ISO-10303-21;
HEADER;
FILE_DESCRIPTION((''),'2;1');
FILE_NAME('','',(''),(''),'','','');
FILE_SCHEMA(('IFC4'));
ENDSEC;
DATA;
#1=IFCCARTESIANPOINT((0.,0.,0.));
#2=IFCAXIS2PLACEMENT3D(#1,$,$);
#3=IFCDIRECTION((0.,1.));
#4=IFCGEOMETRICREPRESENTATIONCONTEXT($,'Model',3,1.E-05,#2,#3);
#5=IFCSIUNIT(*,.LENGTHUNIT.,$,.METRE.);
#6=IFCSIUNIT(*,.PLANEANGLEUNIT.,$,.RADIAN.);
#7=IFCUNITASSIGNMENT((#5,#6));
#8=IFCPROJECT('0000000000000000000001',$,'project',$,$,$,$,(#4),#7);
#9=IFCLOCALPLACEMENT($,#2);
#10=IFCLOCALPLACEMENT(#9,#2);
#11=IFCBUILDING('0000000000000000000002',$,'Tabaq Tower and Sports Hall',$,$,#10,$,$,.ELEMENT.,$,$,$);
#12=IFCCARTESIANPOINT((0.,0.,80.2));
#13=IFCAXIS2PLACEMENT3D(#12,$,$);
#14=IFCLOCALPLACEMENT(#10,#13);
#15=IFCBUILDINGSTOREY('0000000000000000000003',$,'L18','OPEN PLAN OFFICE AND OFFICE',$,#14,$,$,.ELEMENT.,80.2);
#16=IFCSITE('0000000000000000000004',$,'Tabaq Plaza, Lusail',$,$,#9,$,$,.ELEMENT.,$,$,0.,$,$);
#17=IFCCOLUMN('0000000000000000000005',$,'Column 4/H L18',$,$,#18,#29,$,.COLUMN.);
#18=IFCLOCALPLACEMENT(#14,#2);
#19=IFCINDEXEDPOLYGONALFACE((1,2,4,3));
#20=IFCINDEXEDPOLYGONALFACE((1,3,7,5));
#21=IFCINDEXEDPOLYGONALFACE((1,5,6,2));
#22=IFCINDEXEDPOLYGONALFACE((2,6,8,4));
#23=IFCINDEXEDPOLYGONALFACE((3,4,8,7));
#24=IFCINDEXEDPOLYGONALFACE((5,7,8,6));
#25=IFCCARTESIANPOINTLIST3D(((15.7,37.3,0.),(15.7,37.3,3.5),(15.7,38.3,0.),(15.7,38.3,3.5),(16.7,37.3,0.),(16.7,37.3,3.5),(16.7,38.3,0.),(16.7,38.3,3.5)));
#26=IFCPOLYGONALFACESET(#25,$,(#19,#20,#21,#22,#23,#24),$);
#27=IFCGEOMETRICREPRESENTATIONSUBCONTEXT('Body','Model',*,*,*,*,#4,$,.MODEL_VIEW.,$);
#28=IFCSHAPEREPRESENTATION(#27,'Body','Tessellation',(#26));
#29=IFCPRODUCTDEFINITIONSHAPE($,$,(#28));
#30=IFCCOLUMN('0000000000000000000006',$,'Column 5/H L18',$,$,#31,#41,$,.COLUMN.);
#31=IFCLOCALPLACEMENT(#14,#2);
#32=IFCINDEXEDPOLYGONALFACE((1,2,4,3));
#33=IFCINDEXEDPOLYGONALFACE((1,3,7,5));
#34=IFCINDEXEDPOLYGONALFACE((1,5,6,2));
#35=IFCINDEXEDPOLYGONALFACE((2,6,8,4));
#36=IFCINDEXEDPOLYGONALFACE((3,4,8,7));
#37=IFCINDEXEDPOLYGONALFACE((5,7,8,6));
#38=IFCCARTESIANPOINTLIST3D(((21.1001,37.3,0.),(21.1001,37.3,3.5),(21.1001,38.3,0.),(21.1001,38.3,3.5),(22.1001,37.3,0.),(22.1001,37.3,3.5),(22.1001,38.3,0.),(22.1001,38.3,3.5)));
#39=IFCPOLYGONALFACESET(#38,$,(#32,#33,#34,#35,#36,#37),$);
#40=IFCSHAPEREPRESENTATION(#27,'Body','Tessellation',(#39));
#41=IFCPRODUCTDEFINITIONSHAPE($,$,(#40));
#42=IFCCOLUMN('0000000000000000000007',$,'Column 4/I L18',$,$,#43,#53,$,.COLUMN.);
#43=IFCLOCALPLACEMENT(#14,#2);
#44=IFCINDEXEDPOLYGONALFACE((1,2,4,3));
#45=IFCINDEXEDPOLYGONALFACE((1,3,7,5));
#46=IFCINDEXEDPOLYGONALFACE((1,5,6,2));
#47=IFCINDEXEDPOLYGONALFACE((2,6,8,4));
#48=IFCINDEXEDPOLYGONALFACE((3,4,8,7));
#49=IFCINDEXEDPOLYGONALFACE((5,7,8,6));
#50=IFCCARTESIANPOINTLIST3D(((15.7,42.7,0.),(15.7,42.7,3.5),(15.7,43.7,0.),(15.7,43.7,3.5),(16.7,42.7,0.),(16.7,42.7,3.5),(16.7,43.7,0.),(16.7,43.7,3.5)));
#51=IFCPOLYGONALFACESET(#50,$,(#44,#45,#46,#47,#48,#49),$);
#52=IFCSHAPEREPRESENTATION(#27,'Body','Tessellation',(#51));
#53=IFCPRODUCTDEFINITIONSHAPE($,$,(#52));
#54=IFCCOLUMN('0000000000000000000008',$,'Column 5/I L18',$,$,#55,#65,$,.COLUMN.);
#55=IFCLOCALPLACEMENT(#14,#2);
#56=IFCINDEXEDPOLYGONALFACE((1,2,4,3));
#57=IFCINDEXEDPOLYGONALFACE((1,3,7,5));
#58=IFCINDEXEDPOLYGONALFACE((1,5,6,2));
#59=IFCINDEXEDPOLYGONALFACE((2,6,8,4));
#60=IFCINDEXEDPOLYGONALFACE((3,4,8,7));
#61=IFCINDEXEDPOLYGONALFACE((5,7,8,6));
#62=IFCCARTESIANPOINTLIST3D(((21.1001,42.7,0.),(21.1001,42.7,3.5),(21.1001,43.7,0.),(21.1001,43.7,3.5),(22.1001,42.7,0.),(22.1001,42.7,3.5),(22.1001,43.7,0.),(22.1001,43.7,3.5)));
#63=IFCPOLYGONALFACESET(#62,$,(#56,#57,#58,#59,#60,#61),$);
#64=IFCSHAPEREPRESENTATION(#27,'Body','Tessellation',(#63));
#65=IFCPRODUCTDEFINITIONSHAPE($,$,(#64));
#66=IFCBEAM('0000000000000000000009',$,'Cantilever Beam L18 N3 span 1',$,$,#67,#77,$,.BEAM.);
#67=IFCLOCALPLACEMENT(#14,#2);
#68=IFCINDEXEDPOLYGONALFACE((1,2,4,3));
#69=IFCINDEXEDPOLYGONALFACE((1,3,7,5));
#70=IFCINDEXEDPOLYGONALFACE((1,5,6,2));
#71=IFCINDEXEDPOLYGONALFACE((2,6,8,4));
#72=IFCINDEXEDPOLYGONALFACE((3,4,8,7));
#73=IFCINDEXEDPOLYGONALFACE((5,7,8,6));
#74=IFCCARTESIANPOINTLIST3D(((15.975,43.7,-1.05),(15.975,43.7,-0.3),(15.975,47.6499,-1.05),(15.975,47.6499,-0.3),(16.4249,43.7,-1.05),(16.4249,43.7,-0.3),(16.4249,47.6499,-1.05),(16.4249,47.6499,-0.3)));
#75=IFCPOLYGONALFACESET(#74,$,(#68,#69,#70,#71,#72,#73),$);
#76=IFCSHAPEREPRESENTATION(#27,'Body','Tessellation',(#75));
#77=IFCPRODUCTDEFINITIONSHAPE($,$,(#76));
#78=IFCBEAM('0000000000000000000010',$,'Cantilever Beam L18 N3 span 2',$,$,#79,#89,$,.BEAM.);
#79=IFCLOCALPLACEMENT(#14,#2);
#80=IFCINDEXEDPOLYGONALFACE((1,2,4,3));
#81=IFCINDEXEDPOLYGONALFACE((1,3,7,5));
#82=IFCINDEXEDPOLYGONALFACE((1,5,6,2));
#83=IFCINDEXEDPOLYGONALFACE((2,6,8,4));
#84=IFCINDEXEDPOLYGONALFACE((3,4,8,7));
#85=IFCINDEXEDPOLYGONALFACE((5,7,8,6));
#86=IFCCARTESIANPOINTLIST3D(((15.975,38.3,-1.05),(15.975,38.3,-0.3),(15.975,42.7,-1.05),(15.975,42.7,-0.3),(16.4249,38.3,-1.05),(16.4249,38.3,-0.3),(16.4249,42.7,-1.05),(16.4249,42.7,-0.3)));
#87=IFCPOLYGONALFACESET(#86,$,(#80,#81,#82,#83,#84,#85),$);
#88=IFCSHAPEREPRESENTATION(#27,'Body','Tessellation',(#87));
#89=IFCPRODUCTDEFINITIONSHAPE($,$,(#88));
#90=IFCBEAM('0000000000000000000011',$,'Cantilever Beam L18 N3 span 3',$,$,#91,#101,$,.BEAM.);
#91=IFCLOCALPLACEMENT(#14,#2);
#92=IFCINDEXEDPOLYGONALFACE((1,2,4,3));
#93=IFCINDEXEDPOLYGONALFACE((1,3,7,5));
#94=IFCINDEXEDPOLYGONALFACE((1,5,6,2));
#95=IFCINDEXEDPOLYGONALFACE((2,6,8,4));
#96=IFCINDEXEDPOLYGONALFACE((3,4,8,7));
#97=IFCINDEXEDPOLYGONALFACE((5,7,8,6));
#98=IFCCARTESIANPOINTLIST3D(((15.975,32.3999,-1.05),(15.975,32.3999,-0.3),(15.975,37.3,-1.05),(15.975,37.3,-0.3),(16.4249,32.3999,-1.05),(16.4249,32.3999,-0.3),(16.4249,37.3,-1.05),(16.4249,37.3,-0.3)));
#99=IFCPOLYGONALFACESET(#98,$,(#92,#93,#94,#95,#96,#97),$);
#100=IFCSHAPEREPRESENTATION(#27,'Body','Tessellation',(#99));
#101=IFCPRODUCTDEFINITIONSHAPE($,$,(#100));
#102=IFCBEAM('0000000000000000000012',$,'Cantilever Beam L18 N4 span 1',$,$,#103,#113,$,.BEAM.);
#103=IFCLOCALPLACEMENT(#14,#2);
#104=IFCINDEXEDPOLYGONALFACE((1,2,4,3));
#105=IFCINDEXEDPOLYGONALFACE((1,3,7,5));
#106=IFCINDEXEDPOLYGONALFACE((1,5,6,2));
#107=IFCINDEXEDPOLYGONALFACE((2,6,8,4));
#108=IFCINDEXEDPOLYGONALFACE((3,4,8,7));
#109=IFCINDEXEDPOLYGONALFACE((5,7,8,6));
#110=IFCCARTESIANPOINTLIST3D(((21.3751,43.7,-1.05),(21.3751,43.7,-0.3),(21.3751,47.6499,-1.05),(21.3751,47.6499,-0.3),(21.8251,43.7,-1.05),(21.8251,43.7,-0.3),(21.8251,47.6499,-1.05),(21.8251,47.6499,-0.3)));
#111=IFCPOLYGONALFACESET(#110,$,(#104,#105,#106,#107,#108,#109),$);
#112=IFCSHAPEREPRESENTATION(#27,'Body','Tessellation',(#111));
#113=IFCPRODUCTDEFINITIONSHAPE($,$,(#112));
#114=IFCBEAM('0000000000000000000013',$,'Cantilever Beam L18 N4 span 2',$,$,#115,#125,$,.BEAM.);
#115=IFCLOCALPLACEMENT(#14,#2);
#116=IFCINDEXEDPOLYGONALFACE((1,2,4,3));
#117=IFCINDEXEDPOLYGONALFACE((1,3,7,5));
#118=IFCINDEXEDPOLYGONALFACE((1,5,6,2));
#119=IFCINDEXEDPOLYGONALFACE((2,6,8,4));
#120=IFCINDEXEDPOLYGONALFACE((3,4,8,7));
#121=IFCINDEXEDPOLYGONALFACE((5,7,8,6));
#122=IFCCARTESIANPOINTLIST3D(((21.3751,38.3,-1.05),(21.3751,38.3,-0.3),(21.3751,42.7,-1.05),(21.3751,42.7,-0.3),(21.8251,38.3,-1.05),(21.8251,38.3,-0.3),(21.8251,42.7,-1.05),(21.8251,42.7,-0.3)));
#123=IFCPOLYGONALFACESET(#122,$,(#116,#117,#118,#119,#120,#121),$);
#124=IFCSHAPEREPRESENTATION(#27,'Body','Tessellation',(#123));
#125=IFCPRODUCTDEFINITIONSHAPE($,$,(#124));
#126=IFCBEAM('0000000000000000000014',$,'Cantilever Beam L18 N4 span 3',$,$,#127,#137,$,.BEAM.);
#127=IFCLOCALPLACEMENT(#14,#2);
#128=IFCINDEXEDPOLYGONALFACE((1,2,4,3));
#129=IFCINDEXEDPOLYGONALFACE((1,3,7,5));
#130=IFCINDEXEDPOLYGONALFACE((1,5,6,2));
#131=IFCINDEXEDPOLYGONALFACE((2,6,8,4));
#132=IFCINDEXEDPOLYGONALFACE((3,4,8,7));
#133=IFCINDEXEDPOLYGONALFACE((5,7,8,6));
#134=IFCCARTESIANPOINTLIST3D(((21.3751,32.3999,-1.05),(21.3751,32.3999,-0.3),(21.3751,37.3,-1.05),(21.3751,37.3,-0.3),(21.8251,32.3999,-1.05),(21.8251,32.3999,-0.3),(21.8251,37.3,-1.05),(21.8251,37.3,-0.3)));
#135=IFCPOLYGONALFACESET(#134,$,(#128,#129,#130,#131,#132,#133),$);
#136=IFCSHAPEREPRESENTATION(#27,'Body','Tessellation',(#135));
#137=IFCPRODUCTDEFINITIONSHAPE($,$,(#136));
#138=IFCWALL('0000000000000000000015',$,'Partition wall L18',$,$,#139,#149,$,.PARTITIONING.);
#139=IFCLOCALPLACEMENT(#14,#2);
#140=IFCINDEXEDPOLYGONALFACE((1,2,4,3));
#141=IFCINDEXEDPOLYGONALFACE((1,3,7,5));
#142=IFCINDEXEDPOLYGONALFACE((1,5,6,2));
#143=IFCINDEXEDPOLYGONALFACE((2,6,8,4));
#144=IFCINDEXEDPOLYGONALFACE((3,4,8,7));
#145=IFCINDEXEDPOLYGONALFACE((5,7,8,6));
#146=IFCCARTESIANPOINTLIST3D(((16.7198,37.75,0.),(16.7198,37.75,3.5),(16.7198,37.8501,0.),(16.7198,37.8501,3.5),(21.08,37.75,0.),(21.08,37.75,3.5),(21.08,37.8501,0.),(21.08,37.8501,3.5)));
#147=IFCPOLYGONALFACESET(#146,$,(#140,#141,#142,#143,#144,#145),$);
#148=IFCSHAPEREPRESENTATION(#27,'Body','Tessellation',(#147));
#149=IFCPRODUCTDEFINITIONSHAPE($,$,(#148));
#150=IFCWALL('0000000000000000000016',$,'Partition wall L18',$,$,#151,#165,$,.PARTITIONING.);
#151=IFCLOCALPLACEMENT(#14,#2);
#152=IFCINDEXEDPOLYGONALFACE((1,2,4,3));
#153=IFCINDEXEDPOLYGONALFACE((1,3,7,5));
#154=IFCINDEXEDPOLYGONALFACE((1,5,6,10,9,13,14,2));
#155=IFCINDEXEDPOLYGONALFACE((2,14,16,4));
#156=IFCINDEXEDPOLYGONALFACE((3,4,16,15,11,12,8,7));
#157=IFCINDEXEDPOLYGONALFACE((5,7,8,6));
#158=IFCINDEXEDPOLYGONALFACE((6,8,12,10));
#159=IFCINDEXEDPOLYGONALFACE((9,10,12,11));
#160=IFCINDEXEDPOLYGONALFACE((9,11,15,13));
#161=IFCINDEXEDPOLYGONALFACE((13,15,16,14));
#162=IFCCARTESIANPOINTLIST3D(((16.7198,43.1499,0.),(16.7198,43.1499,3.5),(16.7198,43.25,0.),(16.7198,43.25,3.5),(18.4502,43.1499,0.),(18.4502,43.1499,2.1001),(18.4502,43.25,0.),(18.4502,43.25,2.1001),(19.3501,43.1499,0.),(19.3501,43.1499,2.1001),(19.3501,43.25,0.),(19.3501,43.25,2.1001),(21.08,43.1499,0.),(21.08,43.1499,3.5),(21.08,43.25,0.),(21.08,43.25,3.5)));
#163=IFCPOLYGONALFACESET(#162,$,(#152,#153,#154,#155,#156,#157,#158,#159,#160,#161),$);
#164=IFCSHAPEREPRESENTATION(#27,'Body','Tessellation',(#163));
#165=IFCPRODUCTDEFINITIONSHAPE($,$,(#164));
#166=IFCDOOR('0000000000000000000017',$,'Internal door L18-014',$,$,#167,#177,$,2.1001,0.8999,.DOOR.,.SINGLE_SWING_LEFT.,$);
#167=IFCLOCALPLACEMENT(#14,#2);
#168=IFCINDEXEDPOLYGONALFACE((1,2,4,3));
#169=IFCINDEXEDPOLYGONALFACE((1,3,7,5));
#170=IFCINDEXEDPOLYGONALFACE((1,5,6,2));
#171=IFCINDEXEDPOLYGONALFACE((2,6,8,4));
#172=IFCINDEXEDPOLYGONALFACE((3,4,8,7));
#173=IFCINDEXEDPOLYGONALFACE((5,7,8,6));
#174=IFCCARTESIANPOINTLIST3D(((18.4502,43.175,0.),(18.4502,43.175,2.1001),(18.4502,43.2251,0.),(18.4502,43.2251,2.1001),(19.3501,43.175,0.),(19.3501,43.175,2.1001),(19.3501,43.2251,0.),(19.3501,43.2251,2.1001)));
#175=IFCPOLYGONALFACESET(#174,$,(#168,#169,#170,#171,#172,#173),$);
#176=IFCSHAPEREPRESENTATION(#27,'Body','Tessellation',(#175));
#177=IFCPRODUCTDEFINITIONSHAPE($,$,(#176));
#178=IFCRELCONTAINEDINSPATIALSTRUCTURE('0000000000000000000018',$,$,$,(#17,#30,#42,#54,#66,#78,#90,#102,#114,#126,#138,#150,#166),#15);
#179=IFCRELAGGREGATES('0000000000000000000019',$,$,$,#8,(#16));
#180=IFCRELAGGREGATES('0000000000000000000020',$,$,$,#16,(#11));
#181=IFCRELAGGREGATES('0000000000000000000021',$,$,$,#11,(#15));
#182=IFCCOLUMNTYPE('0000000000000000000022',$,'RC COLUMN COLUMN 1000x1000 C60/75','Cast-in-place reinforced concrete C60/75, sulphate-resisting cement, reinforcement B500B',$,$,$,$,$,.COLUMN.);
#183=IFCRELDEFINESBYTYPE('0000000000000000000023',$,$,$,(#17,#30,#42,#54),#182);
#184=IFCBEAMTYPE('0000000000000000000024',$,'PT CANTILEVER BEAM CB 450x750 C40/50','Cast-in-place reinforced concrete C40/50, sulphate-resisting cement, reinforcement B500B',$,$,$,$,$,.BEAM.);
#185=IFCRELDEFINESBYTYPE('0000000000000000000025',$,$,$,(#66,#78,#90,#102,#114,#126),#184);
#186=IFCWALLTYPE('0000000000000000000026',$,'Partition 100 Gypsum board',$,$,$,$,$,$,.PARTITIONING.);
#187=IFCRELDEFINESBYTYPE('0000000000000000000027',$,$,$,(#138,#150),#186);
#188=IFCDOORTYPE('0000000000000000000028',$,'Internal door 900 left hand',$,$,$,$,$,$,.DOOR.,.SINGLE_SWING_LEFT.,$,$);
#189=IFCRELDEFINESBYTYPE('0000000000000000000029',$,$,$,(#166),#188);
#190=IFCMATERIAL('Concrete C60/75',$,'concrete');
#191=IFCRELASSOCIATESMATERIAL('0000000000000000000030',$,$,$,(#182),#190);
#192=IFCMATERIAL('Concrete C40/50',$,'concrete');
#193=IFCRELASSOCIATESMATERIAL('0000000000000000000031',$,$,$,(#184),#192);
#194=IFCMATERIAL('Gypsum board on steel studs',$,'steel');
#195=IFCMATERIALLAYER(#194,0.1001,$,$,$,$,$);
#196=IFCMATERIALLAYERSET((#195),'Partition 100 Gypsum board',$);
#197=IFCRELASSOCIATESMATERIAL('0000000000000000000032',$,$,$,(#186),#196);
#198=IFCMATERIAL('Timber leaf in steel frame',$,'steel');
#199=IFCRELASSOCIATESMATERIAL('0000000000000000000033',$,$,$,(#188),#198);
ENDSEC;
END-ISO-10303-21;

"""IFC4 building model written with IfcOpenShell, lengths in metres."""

from ifc_helpers import new_model, si_unit, direction, frame, frame_2d, origin, origin_2d, place, context, subcontext, project, spatial, rectangle, extrude, material, layer, layer_set, material_profile, profile_set, type_object, element, fill, save


model = new_model("IFC4")

# Units and contexts
model_context = context("Model", 3, precision=1e-05, world=origin(), true_north=direction((0.0, 1.0)))
body_context = subcontext(model_context, "Body", "Model", "MODEL_VIEW")
ifc_project = project(units=[si_unit("LENGTHUNIT", "METRE"), si_unit("PLANEANGLEUNIT", "RADIAN")], contexts=[model_context])

# Site, building, storey
site_placement = place(None, origin())
site = spatial("IfcSite", under=ifc_project, at=site_placement, Name="Tabaq Plaza, Lusail", CompositionType="ELEMENT", RefElevation=0.0)
building_placement = place(site_placement, origin())
building = spatial("IfcBuilding", under=site, at=building_placement, Name="Tabaq Tower and Sports Hall", CompositionType="ELEMENT")
storey_placement = place(building_placement, frame((0.0, 0.0, 80.2)))
storey = spatial("IfcBuildingStorey", under=building, at=storey_placement, Name="L18", Description="OPEN PLAN OFFICE AND OFFICE", CompositionType="ELEMENT", Elevation=80.2)

# Columns
ifc_material_1 = material(Name="Concrete C60/75", Category="concrete")
ifc_material_profile_1 = material_profile(ifc_material_1, rectangle(XDim=1.0, YDim=1.0, at=origin_2d()), Name="COLUMN 1000x1000")
ifc_profile_set_1 = profile_set([ifc_material_profile_1], Name="Concrete C60/75")
column_type = type_object("IfcColumnType", Name="RC COLUMN COLUMN 1000x1000 C60/75", Description="Cast-in-place reinforced concrete C60/75, sulphate-resisting cement, reinforcement B500B", PredefinedType="COLUMN", material=ifc_profile_set_1)
for number, where, z_axis, x_axis, name in (
    (1, (16.2, 37.8, 0.0), (0.0, 0.0, 1.0), (1.0, 0.0, 0.0), "Column 4/H L18"),
    (2, (21.6001, 37.8, 0.0), (0.0, 0.0, 1.0), (1.0, 0.0, 0.0), "Column 5/H L18"),
    (3, (16.2, 43.2, 0.0), (0.0, 0.0, 1.0), (1.0, 0.0, 0.0), "Column 4/I L18"),
    (4, (21.6001, 43.2, 0.0), (0.0, 0.0, 1.0), (1.0, 0.0, 0.0), "Column 5/I L18"),
):
    element("IfcColumn", number, at=place(storey_placement, frame(where, z_axis=z_axis, x_axis=x_axis)), inside=storey, type_object=column_type, Name=name, PredefinedType="COLUMN", context=body_context, shape_type="SweptSolid", body=[
        extrude(rectangle(XDim=1.0, YDim=1.0, at=origin_2d()), origin(), (0.0, 0.0, 1.0), 3.5),
    ])

# Beams
ifc_material_2 = material(Name="Concrete C40/50", Category="concrete")
ifc_material_profile_2 = material_profile(ifc_material_2, rectangle(XDim=0.45, YDim=0.75, at=origin_2d()), Name="CB 450x750")
ifc_profile_set_2 = profile_set([ifc_material_profile_2], Name="Concrete C40/50")
beam_type = type_object("IfcBeamType", Name="PT CANTILEVER BEAM CB 450x750 C40/50", Description="Cast-in-place reinforced concrete C40/50, sulphate-resisting cement, reinforcement B500B", PredefinedType="BEAM", material=ifc_profile_set_2)
beam_1_placement = place(storey_placement, frame((16.2, 47.6499, -0.675), z_axis=(0.0, -1.0, 0.0), x_axis=(1.0, 0.0, 0.0)))
element("IfcBeam", 5, at=beam_1_placement, inside=storey, type_object=beam_type, Name="Cantilever Beam L18 N3 span 1", PredefinedType="BEAM", context=body_context, shape_type="SweptSolid", body=[
    extrude(rectangle(XDim=0.45, YDim=0.75, at=origin_2d()), origin(), (0.0, 0.0, 1.0), 3.95),
])
beam_2_placement = place(storey_placement, frame((16.2, 42.7, -0.675), z_axis=(0.0, -1.0, 0.0), x_axis=(1.0, 0.0, 0.0)))
element("IfcBeam", 6, at=beam_2_placement, inside=storey, type_object=beam_type, Name="Cantilever Beam L18 N3 span 2", PredefinedType="BEAM", context=body_context, shape_type="SweptSolid", body=[
    extrude(rectangle(XDim=0.45, YDim=0.75, at=origin_2d()), origin(), (0.0, 0.0, 1.0), 4.3999),
])
beam_3_placement = place(storey_placement, frame((16.2, 37.3, -0.675), z_axis=(0.0, -1.0, 0.0), x_axis=(1.0, 0.0, 0.0)))
element("IfcBeam", 7, at=beam_3_placement, inside=storey, type_object=beam_type, Name="Cantilever Beam L18 N3 span 3", PredefinedType="BEAM", context=body_context, shape_type="SweptSolid", body=[
    extrude(rectangle(XDim=0.45, YDim=0.75, at=origin_2d()), origin(), (0.0, 0.0, 1.0), 4.9001),
])
beam_4_placement = place(storey_placement, frame((21.6001, 47.6499, -0.675), z_axis=(0.0, -1.0, 0.0), x_axis=(1.0, 0.0, 0.0)))
element("IfcBeam", 8, at=beam_4_placement, inside=storey, type_object=beam_type, Name="Cantilever Beam L18 N4 span 1", PredefinedType="BEAM", context=body_context, shape_type="SweptSolid", body=[
    extrude(rectangle(XDim=0.45, YDim=0.75, at=origin_2d()), origin(), (0.0, 0.0, 1.0), 3.95),
])
beam_5_placement = place(storey_placement, frame((21.6001, 42.7, -0.675), z_axis=(0.0, -1.0, 0.0), x_axis=(1.0, 0.0, 0.0)))
element("IfcBeam", 9, at=beam_5_placement, inside=storey, type_object=beam_type, Name="Cantilever Beam L18 N4 span 2", PredefinedType="BEAM", context=body_context, shape_type="SweptSolid", body=[
    extrude(rectangle(XDim=0.45, YDim=0.75, at=origin_2d()), origin(), (0.0, 0.0, 1.0), 4.3999),
])
beam_6_placement = place(storey_placement, frame((21.6001, 37.3, -0.675), z_axis=(0.0, -1.0, 0.0), x_axis=(1.0, 0.0, 0.0)))
element("IfcBeam", 10, at=beam_6_placement, inside=storey, type_object=beam_type, Name="Cantilever Beam L18 N4 span 3", PredefinedType="BEAM", context=body_context, shape_type="SweptSolid", body=[
    extrude(rectangle(XDim=0.45, YDim=0.75, at=origin_2d()), origin(), (0.0, 0.0, 1.0), 4.9001),
])

# Wall
ifc_material_3 = material(Name="Gypsum board on steel studs", Category="steel")
ifc_layer_1 = layer(ifc_material_3, 0.1001)
ifc_layer_set_1 = layer_set([ifc_layer_1], Name="Partition 100 Gypsum board")
wall_type_1 = type_object("IfcWallType", Name="Partition 100 Gypsum board", PredefinedType="PARTITIONING", material=ifc_layer_set_1)
wall_1_placement = place(storey_placement, frame((21.0801, 37.8, 0.0), z_axis=(0.0, 0.0, 1.0), x_axis=(-1.0, 0.0, 0.0)))
element("IfcWall", 11, at=wall_1_placement, inside=storey, type_object=wall_type_1, Name="Partition wall L18", PredefinedType="PARTITIONING", context=body_context, shape_type="SweptSolid", body=[
    extrude(rectangle(XDim=4.3601, YDim=0.1001, at=frame_2d((2.1802, 0.0))), origin(), (0.0, 0.0, 1.0), 3.5),
])

# Wall, opening, door
wall_2_placement = place(storey_placement, frame((21.0801, 43.2, 0.0), z_axis=(0.0, 0.0, 1.0), x_axis=(-1.0, 0.0, 0.0)))
wall_2 = element("IfcWall", 12, at=wall_2_placement, inside=storey, type_object=wall_type_1, Name="Partition wall L18", PredefinedType="PARTITIONING", context=body_context, shape_type="SweptSolid", body=[
    extrude(rectangle(XDim=4.3601, YDim=0.1001, at=frame_2d((2.1802, 0.0))), origin(), (0.0, 0.0, 1.0), 3.5),
])
opening_1_placement = place(wall_2_placement, frame((1.73, 0.0, 0.0)))
opening_1 = element("IfcOpeningElement", 13, at=opening_1_placement, cuts=wall_2, PredefinedType="OPENING", context=body_context, shape_type="SweptSolid", body=[
    extrude(rectangle(XDim=0.8999, YDim=2.1001, at=frame_2d((0.45, 1.05))), frame((0.0, 0.05, 0.0), z_axis=(0.0, -1.0, 0.0), x_axis=(1.0, 0.0, 0.0)), (0.0, 0.0, 1.0), 0.1001),
])
ifc_material_4 = material(Name="Timber leaf in steel frame", Category="steel")
door_type = type_object("IfcDoorType", Name="Internal door 900 left hand", OperationType="SINGLE_SWING_LEFT", PredefinedType="DOOR", material=ifc_material_4)
door_1_placement = place(opening_1_placement, origin())
door_1 = element("IfcDoor", 14, at=door_1_placement, inside=storey, type_object=door_type, Name="Internal door L18-014", OperationType="SINGLE_SWING_LEFT", OverallHeight=2.1001, OverallWidth=0.8999, PredefinedType="DOOR", context=body_context, shape_type="SweptSolid", body=[
    extrude(rectangle(XDim=0.8999, YDim=2.1001, at=frame_2d((0.45, 1.05))), frame((0.0, 0.0249, 0.0), z_axis=(0.0, -1.0, 0.0), x_axis=(1.0, 0.0, 0.0)), (0.0, 0.0, 1.0), 0.05),
])
fill(opening_1, door_1)

save(model, "model.ifc")
